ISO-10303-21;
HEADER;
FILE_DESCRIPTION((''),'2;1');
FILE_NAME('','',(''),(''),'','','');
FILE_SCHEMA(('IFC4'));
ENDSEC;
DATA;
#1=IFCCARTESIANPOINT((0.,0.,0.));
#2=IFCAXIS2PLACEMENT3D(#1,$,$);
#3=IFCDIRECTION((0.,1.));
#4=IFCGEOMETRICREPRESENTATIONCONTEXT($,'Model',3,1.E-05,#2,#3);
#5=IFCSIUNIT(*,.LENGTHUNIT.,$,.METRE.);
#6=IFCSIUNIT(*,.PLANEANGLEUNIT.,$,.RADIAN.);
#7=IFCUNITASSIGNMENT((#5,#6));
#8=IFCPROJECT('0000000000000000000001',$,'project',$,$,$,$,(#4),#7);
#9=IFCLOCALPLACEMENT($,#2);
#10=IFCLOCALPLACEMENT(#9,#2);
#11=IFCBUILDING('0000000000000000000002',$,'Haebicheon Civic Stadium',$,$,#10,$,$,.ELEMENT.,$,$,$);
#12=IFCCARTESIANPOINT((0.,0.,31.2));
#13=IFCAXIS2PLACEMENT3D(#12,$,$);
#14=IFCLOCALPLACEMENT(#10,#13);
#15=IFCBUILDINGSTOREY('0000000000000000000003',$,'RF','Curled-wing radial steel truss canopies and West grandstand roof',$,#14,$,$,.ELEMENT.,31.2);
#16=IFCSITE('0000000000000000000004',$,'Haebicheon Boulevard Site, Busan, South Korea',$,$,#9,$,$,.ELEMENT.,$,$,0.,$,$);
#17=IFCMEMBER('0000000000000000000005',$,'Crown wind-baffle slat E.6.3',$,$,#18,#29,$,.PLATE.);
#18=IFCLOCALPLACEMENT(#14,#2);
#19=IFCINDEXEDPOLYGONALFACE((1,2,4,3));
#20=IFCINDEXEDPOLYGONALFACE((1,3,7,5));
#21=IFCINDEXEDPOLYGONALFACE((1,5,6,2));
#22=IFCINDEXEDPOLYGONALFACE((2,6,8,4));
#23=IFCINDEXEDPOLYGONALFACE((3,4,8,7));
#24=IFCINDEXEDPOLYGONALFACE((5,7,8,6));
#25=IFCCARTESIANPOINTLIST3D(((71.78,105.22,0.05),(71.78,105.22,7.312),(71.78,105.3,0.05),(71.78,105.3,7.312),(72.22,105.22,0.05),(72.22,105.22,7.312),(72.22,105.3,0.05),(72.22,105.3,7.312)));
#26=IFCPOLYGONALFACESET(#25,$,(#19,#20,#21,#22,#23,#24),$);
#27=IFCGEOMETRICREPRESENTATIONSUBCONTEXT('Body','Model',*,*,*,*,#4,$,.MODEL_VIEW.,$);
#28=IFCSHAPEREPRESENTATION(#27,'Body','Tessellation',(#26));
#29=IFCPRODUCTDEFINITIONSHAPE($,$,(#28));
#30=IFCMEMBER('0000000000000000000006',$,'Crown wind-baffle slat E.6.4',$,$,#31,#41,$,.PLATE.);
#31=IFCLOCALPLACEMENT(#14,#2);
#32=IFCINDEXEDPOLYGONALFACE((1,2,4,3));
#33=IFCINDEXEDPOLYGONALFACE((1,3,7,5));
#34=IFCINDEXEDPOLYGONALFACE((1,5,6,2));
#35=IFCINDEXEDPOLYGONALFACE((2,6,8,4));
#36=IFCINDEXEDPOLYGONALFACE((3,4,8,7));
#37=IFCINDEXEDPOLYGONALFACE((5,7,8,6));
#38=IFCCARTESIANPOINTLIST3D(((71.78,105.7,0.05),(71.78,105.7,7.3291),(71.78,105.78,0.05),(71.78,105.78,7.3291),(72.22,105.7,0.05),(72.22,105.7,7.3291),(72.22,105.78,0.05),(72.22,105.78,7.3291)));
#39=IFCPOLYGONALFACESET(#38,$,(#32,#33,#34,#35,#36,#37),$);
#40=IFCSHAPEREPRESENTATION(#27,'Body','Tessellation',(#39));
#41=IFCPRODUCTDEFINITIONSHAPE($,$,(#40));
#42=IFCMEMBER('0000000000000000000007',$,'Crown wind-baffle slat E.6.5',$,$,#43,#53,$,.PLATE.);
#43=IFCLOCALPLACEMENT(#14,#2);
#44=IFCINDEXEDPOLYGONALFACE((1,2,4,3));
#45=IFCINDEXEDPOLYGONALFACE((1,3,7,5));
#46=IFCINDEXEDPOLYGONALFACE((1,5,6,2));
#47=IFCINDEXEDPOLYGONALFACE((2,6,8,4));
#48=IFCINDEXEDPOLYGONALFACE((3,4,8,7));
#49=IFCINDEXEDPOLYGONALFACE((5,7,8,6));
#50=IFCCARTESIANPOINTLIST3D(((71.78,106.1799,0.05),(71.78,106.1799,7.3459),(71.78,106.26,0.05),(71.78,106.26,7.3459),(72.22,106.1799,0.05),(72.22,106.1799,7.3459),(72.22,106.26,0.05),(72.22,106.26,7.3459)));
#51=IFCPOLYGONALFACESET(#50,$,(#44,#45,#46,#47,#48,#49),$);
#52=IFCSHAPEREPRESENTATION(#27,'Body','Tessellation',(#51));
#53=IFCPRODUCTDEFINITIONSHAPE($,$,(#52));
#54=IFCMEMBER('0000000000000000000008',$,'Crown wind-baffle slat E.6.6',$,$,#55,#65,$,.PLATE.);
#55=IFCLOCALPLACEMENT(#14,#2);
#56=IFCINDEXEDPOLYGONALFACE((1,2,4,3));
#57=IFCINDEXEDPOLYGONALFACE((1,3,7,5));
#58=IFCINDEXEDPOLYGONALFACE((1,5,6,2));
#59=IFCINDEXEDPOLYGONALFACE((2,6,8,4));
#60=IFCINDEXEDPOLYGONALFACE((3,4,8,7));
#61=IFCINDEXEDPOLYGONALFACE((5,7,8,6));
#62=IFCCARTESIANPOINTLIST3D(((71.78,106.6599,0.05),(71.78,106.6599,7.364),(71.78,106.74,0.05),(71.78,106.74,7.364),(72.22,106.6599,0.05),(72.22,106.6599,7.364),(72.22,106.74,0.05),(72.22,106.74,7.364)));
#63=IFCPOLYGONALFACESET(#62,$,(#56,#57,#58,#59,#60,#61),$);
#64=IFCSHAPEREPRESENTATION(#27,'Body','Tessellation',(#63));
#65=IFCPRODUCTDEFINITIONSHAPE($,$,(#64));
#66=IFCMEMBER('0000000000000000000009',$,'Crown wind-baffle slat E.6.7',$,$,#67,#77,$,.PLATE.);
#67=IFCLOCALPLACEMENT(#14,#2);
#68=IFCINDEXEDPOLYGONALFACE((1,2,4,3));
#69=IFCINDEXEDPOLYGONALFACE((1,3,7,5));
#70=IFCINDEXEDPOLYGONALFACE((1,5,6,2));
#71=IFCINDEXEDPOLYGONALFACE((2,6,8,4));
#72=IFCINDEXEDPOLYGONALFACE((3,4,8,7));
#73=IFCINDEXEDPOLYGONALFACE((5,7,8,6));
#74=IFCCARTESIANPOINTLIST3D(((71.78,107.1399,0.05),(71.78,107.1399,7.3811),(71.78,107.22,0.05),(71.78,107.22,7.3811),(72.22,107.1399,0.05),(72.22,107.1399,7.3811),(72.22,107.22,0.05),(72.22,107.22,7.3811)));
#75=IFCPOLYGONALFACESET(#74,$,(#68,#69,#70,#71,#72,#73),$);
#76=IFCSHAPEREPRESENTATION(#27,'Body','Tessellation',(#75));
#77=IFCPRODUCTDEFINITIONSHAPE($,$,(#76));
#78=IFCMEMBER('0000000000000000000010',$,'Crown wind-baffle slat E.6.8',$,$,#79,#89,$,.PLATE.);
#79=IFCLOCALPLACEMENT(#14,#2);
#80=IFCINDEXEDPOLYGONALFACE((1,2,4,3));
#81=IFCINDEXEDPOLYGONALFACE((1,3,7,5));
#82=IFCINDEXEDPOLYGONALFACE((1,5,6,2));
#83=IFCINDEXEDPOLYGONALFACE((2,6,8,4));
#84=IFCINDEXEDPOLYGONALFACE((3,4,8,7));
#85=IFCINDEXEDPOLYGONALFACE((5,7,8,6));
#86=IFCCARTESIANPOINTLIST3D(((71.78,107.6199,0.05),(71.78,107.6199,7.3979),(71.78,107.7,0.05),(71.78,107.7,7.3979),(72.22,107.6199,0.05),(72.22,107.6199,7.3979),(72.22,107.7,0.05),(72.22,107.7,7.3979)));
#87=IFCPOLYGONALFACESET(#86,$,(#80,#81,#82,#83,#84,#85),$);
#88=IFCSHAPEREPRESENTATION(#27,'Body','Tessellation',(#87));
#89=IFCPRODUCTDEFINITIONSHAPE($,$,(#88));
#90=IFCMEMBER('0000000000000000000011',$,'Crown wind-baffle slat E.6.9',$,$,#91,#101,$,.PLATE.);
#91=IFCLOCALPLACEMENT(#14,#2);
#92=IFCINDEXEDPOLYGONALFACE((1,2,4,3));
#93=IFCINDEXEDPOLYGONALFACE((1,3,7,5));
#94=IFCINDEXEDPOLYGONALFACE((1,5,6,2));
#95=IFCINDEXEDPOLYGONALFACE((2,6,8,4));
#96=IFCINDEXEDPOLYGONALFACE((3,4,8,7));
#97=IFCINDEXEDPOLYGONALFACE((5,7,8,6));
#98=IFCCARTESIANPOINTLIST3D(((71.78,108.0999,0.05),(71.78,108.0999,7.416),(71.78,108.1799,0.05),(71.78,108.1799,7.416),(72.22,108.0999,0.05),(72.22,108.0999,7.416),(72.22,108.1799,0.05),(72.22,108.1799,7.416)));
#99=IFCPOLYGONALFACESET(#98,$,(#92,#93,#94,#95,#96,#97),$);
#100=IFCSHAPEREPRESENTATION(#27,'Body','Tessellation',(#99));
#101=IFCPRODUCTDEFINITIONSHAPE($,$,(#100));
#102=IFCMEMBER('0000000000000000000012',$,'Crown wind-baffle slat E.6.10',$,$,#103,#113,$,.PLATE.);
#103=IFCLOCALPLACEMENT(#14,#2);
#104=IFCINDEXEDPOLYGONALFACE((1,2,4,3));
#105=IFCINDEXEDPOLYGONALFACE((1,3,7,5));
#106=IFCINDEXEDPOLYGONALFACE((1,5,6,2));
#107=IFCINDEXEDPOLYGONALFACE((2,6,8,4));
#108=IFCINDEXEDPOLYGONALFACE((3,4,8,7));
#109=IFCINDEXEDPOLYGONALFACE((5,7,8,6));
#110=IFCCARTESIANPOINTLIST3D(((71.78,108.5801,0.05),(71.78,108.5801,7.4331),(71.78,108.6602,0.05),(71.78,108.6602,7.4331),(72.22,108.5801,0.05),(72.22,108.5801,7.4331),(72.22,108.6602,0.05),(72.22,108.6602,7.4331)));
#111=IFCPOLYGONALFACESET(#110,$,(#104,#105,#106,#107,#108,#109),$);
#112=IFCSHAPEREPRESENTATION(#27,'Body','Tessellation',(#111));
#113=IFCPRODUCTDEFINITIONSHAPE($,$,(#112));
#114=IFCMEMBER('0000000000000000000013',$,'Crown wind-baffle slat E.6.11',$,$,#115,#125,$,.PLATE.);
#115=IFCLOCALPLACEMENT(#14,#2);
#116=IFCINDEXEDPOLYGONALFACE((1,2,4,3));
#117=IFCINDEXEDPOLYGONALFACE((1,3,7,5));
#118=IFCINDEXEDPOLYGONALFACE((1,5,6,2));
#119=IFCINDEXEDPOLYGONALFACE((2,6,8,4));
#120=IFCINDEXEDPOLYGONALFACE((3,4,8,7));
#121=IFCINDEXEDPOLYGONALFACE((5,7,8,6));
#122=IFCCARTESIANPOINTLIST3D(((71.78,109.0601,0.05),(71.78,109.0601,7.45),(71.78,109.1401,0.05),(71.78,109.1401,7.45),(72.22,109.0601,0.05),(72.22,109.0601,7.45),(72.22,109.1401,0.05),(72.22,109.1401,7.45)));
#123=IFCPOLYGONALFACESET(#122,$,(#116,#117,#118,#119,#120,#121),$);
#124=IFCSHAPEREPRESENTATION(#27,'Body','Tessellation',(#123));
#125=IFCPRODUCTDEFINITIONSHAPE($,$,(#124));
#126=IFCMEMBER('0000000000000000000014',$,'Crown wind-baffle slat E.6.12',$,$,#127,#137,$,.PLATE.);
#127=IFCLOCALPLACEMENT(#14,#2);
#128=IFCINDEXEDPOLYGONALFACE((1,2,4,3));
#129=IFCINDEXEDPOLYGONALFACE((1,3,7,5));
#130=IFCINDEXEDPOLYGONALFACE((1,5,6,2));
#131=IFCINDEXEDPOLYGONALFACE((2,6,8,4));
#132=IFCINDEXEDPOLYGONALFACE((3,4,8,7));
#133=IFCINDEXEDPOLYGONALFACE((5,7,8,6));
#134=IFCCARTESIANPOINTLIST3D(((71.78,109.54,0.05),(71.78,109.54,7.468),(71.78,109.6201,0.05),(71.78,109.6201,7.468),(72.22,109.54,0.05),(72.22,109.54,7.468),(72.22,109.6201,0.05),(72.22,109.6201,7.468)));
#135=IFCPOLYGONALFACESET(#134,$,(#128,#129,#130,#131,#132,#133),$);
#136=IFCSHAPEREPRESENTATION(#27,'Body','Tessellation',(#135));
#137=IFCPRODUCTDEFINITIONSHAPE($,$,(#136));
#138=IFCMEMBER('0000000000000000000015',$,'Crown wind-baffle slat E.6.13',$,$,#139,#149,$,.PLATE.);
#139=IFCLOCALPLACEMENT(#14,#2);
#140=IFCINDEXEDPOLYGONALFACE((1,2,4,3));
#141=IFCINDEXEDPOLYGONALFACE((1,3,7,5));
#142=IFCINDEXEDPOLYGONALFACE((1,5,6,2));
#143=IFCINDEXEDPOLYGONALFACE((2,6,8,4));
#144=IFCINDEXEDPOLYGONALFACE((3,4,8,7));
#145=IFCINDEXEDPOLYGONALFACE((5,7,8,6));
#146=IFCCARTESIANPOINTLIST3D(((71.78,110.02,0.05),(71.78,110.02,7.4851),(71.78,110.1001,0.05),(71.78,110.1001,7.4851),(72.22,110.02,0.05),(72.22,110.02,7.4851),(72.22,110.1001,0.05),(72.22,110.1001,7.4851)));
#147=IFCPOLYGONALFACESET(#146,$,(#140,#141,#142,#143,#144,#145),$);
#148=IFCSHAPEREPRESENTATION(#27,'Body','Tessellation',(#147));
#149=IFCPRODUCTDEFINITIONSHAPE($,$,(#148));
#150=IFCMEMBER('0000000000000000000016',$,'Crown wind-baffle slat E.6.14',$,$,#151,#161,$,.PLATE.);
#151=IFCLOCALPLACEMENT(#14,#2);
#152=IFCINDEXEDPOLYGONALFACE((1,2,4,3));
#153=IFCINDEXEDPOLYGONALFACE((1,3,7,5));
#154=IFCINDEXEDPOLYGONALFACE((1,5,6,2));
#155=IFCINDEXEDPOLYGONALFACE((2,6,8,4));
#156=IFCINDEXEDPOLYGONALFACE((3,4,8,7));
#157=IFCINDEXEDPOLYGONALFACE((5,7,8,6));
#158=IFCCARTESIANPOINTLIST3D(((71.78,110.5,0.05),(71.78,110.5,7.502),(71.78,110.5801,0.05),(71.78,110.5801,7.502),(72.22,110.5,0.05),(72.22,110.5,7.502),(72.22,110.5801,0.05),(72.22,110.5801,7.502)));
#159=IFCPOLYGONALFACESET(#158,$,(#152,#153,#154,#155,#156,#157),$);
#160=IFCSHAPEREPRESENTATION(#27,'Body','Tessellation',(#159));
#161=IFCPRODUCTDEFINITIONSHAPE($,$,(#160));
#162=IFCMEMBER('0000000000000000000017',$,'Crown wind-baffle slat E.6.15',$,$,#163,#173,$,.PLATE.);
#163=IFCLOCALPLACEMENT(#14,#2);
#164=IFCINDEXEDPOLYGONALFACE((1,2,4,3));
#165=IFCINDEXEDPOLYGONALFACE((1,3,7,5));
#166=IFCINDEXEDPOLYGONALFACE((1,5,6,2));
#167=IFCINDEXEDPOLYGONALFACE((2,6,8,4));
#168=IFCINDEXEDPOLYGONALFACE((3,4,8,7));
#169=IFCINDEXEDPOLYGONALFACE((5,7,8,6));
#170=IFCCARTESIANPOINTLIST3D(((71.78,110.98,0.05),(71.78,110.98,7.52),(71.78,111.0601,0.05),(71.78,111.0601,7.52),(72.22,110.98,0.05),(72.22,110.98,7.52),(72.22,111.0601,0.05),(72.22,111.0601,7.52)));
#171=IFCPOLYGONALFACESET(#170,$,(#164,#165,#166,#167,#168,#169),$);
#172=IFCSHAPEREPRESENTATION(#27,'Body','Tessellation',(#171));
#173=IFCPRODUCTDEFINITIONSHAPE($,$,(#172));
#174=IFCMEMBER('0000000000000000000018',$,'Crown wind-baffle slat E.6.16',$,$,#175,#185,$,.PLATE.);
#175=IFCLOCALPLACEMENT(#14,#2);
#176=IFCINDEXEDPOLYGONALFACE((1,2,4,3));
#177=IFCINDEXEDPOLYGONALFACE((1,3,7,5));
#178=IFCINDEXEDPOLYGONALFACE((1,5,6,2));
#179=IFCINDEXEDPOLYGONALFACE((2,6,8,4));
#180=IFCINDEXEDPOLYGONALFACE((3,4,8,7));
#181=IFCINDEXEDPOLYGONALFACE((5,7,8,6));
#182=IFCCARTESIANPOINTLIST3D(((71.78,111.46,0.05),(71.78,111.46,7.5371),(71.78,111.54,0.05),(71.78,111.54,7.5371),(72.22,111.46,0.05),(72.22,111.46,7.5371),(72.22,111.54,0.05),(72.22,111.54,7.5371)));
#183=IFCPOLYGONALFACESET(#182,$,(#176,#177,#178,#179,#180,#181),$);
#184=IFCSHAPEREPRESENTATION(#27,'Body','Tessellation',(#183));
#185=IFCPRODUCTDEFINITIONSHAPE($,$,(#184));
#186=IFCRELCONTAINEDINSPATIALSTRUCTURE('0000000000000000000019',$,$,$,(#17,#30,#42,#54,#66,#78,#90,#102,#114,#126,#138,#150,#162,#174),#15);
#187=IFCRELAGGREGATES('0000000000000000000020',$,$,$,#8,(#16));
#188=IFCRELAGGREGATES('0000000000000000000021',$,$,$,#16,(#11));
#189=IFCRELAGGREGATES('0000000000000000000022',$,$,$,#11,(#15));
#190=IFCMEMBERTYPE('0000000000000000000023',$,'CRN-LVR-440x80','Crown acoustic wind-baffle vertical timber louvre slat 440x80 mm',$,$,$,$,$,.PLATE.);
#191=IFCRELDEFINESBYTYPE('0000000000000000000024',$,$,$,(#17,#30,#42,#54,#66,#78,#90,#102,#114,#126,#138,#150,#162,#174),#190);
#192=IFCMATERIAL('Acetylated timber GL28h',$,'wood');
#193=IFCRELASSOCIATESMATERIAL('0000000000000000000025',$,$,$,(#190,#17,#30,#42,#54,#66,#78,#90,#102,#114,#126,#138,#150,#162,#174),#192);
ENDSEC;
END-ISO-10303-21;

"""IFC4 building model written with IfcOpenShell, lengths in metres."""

from ifc_helpers import new_model, si_unit, direction, frame, origin, origin_2d, place, context, subcontext, project, spatial, rectangle, extrude, material, material_profile, profile_set, type_object, element, save


model = new_model("IFC4")

# Units and contexts
model_context = context("Model", 3, precision=1e-05, world=origin(), true_north=direction((0.0, 1.0)))
body_context = subcontext(model_context, "Body", "Model", "MODEL_VIEW")
ifc_project = project(units=[si_unit("LENGTHUNIT", "METRE"), si_unit("PLANEANGLEUNIT", "RADIAN")], contexts=[model_context])

# Site, building, storey
site_placement = place(None, origin())
site = spatial("IfcSite", under=ifc_project, at=site_placement, Name="Haebicheon Boulevard Site, Busan, South Korea", CompositionType="ELEMENT", RefElevation=0.0)
building_placement = place(site_placement, origin())
building = spatial("IfcBuilding", under=site, at=building_placement, Name="Haebicheon Civic Stadium", CompositionType="ELEMENT")
storey_placement = place(building_placement, frame((0.0, 0.0, 31.2)))
storey = spatial("IfcBuildingStorey", under=building, at=storey_placement, Name="RF", Description="Curled-wing radial steel truss canopies and West grandstand roof", CompositionType="ELEMENT", Elevation=31.2)

# Members
ifc_material_1 = material(Name="Acetylated timber GL28h", Category="wood")
ifc_material_profile_1 = material_profile(ifc_material_1, rectangle(XDim=0.0801, YDim=0.4399, at=origin_2d()), Name="TMB-LOUV-80x440")
ifc_profile_set_1 = profile_set([ifc_material_profile_1], Name="Acetylated timber GL28h")
member_type_1 = type_object("IfcMemberType", Name="CRN-LVR-440x80", Description="Crown acoustic wind-baffle vertical timber louvre slat 440x80 mm", PredefinedType="PLATE", material=ifc_profile_set_1)
member_1_placement = place(storey_placement, frame((72.0, 105.26, 0.05), z_axis=(0.0, 0.0, 1.0), x_axis=(0.0, 1.0, 0.0)))
element("IfcMember", 1, at=member_1_placement, inside=storey, type_object=member_type_1, material=ifc_profile_set_1, Name="Crown wind-baffle slat E.6.3", PredefinedType="PLATE", context=body_context, shape_type="SweptSolid", body=[
    extrude(rectangle(XDim=0.0801, YDim=0.4399, at=origin_2d()), origin(), (0.0, 0.0, 1.0), 7.262),
])
member_2_placement = place(storey_placement, frame((72.0, 105.74, 0.05), z_axis=(0.0, 0.0, 1.0), x_axis=(0.0, 1.0, 0.0)))
element("IfcMember", 2, at=member_2_placement, inside=storey, type_object=member_type_1, material=ifc_profile_set_1, Name="Crown wind-baffle slat E.6.4", PredefinedType="PLATE", context=body_context, shape_type="SweptSolid", body=[
    extrude(rectangle(XDim=0.0801, YDim=0.4399, at=origin_2d()), origin(), (0.0, 0.0, 1.0), 7.2791),
])
member_3_placement = place(storey_placement, frame((72.0, 106.22, 0.05), z_axis=(0.0, 0.0, 1.0), x_axis=(0.0, 1.0, 0.0)))
element("IfcMember", 3, at=member_3_placement, inside=storey, type_object=member_type_1, material=ifc_profile_set_1, Name="Crown wind-baffle slat E.6.5", PredefinedType="PLATE", context=body_context, shape_type="SweptSolid", body=[
    extrude(rectangle(XDim=0.0801, YDim=0.4399, at=origin_2d()), origin(), (0.0, 0.0, 1.0), 7.2959),
])
member_4_placement = place(storey_placement, frame((72.0, 106.7, 0.05), z_axis=(0.0, 0.0, 1.0), x_axis=(0.0, 1.0, 0.0)))
element("IfcMember", 4, at=member_4_placement, inside=storey, type_object=member_type_1, material=ifc_profile_set_1, Name="Crown wind-baffle slat E.6.6", PredefinedType="PLATE", context=body_context, shape_type="SweptSolid", body=[
    extrude(rectangle(XDim=0.0801, YDim=0.4399, at=origin_2d()), origin(), (0.0, 0.0, 1.0), 7.314),
])
member_5_placement = place(storey_placement, frame((72.0, 107.1799, 0.05), z_axis=(0.0, 0.0, 1.0), x_axis=(0.0, 1.0, 0.0)))
element("IfcMember", 5, at=member_5_placement, inside=storey, type_object=member_type_1, material=ifc_profile_set_1, Name="Crown wind-baffle slat E.6.7", PredefinedType="PLATE", context=body_context, shape_type="SweptSolid", body=[
    extrude(rectangle(XDim=0.0801, YDim=0.4399, at=origin_2d()), origin(), (0.0, 0.0, 1.0), 7.3311),
])
member_6_placement = place(storey_placement, frame((72.0, 107.6599, 0.05), z_axis=(0.0, 0.0, 1.0), x_axis=(0.0, 1.0, 0.0)))
element("IfcMember", 6, at=member_6_placement, inside=storey, type_object=member_type_1, material=ifc_profile_set_1, Name="Crown wind-baffle slat E.6.8", PredefinedType="PLATE", context=body_context, shape_type="SweptSolid", body=[
    extrude(rectangle(XDim=0.0801, YDim=0.4399, at=origin_2d()), origin(), (0.0, 0.0, 1.0), 7.3479),
])
member_7_placement = place(storey_placement, frame((72.0, 108.1399, 0.05), z_axis=(0.0, 0.0, 1.0), x_axis=(0.0, 1.0, 0.0)))
element("IfcMember", 7, at=member_7_placement, inside=storey, type_object=member_type_1, material=ifc_profile_set_1, Name="Crown wind-baffle slat E.6.9", PredefinedType="PLATE", context=body_context, shape_type="SweptSolid", body=[
    extrude(rectangle(XDim=0.0801, YDim=0.4399, at=origin_2d()), origin(), (0.0, 0.0, 1.0), 7.366),
])
member_8_placement = place(storey_placement, frame((72.0, 108.6201, 0.05), z_axis=(0.0, 0.0, 1.0), x_axis=(0.0, 1.0, 0.0)))
element("IfcMember", 8, at=member_8_placement, inside=storey, type_object=member_type_1, material=ifc_profile_set_1, Name="Crown wind-baffle slat E.6.10", PredefinedType="PLATE", context=body_context, shape_type="SweptSolid", body=[
    extrude(rectangle(XDim=0.0801, YDim=0.4399, at=origin_2d()), origin(), (0.0, 0.0, 1.0), 7.3831),
])
member_9_placement = place(storey_placement, frame((72.0, 109.1001, 0.05), z_axis=(0.0, 0.0, 1.0), x_axis=(0.0, 1.0, 0.0)))
element("IfcMember", 9, at=member_9_placement, inside=storey, type_object=member_type_1, material=ifc_profile_set_1, Name="Crown wind-baffle slat E.6.11", PredefinedType="PLATE", context=body_context, shape_type="SweptSolid", body=[
    extrude(rectangle(XDim=0.0801, YDim=0.4399, at=origin_2d()), origin(), (0.0, 0.0, 1.0), 7.3999),
])
member_10_placement = place(storey_placement, frame((72.0, 109.5801, 0.05), z_axis=(0.0, 0.0, 1.0), x_axis=(0.0, 1.0, 0.0)))
element("IfcMember", 10, at=member_10_placement, inside=storey, type_object=member_type_1, material=ifc_profile_set_1, Name="Crown wind-baffle slat E.6.12", PredefinedType="PLATE", context=body_context, shape_type="SweptSolid", body=[
    extrude(rectangle(XDim=0.0801, YDim=0.4399, at=origin_2d()), origin(), (0.0, 0.0, 1.0), 7.418),
])
member_11_placement = place(storey_placement, frame((72.0, 110.0601, 0.05), z_axis=(0.0, 0.0, 1.0), x_axis=(0.0, 1.0, 0.0)))
element("IfcMember", 11, at=member_11_placement, inside=storey, type_object=member_type_1, material=ifc_profile_set_1, Name="Crown wind-baffle slat E.6.13", PredefinedType="PLATE", context=body_context, shape_type="SweptSolid", body=[
    extrude(rectangle(XDim=0.0801, YDim=0.4399, at=origin_2d()), origin(), (0.0, 0.0, 1.0), 7.4351),
])
member_12_placement = place(storey_placement, frame((72.0, 110.54, 0.05), z_axis=(0.0, 0.0, 1.0), x_axis=(0.0, 1.0, 0.0)))
element("IfcMember", 12, at=member_12_placement, inside=storey, type_object=member_type_1, material=ifc_profile_set_1, Name="Crown wind-baffle slat E.6.14", PredefinedType="PLATE", context=body_context, shape_type="SweptSolid", body=[
    extrude(rectangle(XDim=0.0801, YDim=0.4399, at=origin_2d()), origin(), (0.0, 0.0, 1.0), 7.4519),
])
member_13_placement = place(storey_placement, frame((72.0, 111.02, 0.05), z_axis=(0.0, 0.0, 1.0), x_axis=(0.0, 1.0, 0.0)))
element("IfcMember", 13, at=member_13_placement, inside=storey, type_object=member_type_1, material=ifc_profile_set_1, Name="Crown wind-baffle slat E.6.15", PredefinedType="PLATE", context=body_context, shape_type="SweptSolid", body=[
    extrude(rectangle(XDim=0.0801, YDim=0.4399, at=origin_2d()), origin(), (0.0, 0.0, 1.0), 7.47),
])
member_14_placement = place(storey_placement, frame((72.0, 111.5, 0.05), z_axis=(0.0, 0.0, 1.0), x_axis=(0.0, 1.0, 0.0)))
element("IfcMember", 14, at=member_14_placement, inside=storey, type_object=member_type_1, material=ifc_profile_set_1, Name="Crown wind-baffle slat E.6.16", PredefinedType="PLATE", context=body_context, shape_type="SweptSolid", body=[
    extrude(rectangle(XDim=0.0801, YDim=0.4399, at=origin_2d()), origin(), (0.0, 0.0, 1.0), 7.4871),
])

save(model, "model.ifc")
